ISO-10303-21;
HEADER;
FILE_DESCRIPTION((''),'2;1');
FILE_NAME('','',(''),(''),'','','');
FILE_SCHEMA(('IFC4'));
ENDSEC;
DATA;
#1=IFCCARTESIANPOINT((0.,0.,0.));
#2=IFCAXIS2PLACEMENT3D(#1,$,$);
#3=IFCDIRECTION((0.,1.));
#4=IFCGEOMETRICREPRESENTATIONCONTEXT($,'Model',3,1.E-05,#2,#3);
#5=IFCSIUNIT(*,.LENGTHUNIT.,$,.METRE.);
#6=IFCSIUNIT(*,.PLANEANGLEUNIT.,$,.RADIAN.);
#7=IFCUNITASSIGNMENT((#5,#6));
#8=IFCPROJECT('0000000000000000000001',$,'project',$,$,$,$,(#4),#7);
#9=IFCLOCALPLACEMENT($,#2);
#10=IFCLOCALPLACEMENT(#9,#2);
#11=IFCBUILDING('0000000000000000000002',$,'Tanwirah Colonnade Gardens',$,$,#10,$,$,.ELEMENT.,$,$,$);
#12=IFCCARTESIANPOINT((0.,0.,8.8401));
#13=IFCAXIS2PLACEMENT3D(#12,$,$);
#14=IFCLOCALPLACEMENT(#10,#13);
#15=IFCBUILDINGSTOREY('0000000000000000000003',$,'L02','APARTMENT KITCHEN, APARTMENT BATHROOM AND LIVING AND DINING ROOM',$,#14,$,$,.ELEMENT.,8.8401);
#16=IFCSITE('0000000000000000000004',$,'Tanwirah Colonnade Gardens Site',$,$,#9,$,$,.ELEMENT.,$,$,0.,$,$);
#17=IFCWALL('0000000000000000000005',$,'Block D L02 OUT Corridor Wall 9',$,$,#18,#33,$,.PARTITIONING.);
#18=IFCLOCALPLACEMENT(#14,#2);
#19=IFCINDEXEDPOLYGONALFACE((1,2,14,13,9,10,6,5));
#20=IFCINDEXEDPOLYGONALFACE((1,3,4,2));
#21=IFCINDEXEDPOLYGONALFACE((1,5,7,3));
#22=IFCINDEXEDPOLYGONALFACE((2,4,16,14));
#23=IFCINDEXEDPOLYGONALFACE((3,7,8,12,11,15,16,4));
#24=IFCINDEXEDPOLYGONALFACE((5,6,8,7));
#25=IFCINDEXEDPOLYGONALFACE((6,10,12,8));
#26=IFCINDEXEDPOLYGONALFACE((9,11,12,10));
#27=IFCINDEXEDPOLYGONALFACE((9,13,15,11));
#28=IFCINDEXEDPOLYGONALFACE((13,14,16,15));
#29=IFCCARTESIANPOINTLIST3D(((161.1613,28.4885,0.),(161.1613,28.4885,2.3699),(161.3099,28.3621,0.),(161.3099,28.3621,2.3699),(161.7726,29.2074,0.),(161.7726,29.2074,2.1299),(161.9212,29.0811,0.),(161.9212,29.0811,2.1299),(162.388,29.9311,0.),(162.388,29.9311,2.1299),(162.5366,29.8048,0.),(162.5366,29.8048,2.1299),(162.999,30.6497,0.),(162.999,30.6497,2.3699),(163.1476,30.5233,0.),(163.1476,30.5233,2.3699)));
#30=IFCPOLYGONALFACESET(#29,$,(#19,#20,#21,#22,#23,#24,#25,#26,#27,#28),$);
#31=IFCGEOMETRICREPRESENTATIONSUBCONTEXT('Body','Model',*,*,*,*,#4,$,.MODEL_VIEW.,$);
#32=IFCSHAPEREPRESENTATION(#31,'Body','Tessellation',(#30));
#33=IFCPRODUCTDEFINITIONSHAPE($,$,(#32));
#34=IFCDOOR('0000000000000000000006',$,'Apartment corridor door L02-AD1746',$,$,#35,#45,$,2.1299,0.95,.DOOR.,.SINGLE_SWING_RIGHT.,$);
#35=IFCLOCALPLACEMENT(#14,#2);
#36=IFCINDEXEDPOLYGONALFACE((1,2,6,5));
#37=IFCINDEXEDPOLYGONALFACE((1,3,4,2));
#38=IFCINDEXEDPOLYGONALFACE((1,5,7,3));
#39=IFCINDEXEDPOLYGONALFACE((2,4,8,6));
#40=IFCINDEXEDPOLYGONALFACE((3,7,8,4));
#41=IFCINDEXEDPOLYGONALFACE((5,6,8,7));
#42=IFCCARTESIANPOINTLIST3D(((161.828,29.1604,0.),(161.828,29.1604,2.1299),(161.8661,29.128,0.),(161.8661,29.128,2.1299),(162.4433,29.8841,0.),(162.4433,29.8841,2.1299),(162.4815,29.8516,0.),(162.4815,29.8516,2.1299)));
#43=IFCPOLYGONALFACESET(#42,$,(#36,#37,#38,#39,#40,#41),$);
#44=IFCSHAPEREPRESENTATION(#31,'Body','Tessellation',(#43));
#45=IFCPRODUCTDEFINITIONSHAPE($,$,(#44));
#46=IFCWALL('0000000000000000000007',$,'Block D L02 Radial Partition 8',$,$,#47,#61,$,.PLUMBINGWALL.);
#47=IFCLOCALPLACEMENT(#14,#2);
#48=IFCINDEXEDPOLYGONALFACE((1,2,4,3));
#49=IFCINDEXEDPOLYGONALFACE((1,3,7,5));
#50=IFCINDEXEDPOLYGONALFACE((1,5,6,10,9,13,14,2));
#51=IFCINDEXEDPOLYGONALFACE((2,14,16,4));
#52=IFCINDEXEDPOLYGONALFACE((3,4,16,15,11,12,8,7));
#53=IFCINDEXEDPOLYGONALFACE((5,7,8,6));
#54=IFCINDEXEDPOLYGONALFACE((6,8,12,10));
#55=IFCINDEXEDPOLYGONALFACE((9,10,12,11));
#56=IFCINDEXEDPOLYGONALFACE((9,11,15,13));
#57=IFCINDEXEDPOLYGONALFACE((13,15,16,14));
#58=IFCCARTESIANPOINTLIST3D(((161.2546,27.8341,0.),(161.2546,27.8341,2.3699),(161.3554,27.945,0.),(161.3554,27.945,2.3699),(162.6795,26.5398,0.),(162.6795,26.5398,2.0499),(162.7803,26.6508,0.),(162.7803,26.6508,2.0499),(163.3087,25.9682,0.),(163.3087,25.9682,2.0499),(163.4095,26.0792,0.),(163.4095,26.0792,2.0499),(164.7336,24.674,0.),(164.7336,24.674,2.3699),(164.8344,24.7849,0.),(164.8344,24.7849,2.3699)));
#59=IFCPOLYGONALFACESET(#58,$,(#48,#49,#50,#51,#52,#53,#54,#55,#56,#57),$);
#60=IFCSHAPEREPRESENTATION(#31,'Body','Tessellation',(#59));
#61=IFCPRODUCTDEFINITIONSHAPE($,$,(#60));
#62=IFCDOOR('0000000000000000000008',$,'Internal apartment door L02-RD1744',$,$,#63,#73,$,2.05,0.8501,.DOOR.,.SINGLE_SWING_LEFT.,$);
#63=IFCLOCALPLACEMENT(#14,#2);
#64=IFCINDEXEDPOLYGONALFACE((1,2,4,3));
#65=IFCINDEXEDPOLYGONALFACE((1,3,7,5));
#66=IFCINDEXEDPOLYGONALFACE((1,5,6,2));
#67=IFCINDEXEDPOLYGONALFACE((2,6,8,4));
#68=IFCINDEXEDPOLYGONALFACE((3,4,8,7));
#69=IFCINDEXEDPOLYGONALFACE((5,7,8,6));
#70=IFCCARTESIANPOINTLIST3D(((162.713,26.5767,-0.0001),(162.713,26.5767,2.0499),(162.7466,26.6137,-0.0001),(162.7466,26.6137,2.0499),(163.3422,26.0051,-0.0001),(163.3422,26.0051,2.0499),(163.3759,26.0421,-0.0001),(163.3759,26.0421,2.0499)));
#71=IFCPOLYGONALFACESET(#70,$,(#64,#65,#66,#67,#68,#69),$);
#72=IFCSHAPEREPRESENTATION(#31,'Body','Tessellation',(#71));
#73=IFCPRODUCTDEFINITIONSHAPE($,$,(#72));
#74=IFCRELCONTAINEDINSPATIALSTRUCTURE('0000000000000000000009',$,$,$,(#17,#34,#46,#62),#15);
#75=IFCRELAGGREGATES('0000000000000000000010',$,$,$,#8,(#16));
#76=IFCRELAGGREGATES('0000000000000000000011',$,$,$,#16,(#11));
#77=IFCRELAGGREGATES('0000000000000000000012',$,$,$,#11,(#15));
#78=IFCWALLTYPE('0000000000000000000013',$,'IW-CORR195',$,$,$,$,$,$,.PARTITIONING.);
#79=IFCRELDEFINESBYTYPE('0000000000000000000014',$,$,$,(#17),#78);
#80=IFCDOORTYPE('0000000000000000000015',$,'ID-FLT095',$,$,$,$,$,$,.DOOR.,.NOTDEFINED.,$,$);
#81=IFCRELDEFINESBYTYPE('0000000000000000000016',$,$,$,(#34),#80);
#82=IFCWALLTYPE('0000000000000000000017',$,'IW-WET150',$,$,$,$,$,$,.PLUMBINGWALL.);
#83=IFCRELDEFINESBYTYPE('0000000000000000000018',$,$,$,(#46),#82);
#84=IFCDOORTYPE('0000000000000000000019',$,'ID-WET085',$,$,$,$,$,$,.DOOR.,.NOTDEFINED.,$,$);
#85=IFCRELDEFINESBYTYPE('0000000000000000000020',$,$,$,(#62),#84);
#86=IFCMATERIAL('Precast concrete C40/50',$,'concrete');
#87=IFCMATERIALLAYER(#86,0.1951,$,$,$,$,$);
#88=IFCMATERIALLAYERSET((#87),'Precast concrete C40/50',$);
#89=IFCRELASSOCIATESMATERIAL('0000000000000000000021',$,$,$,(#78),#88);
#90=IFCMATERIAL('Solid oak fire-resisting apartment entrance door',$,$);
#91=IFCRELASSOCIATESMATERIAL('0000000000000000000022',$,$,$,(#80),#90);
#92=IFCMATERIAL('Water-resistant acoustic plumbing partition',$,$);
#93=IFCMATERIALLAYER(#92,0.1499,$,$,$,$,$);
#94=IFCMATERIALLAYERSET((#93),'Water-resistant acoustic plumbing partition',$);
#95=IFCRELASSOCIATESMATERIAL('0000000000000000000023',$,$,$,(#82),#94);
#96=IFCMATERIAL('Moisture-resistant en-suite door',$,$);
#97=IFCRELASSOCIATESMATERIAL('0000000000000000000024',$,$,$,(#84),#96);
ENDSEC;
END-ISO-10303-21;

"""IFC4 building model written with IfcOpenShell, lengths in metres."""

from ifc_helpers import new_model, si_unit, direction, frame, frame_2d, origin, place, context, subcontext, project, spatial, rectangle, extrude, material, layer, layer_set, type_object, element, fill, save


model = new_model("IFC4")

# Units and contexts
model_context = context("Model", 3, precision=1e-05, world=origin(), true_north=direction((0.0, 1.0)))
body_context = subcontext(model_context, "Body", "Model", "MODEL_VIEW")
ifc_project = project(units=[si_unit("LENGTHUNIT", "METRE"), si_unit("PLANEANGLEUNIT", "RADIAN")], contexts=[model_context])

# Site, building, storey
site_placement = place(None, origin())
site = spatial("IfcSite", under=ifc_project, at=site_placement, Name="Tanwirah Colonnade Gardens Site", CompositionType="ELEMENT", RefElevation=0.0)
building_placement = place(site_placement, origin())
building = spatial("IfcBuilding", under=site, at=building_placement, Name="Tanwirah Colonnade Gardens", CompositionType="ELEMENT")
storey_placement = place(building_placement, frame((0.0, 0.0, 8.8401)))
storey = spatial("IfcBuildingStorey", under=building, at=storey_placement, Name="L02", Description="APARTMENT KITCHEN, APARTMENT BATHROOM AND LIVING AND DINING ROOM", CompositionType="ELEMENT", Elevation=8.8401)

# Shared definitions
ifc_material_1 = material(Name="Precast concrete C40/50", Category="concrete")

# Walls, openings, doors
ifc_layer_1 = layer(ifc_material_1, 0.1951)
ifc_layer_set_1 = layer_set([ifc_layer_1], Name="Precast concrete C40/50")
wall_type_1 = type_object("IfcWallType", Name="IW-CORR195", PredefinedType="PARTITIONING", material=ifc_layer_set_1)
ifc_material_2 = material(Name="Solid oak fire-resisting apartment entrance door")
wall_1_placement = place(storey_placement, frame((161.2356, 28.4253, 0.0), z_axis=(0.0, 0.0, 1.0), x_axis=(0.647788, 0.76182, 0.0)))
wall_1 = element("IfcWall", 1, at=wall_1_placement, inside=storey, type_object=wall_type_1, Name="Block D L02 OUT Corridor Wall 9", PredefinedType="PARTITIONING", context=body_context, shape_type="SweptSolid", body=[
    extrude(rectangle(XDim=2.8369, YDim=0.1951, at=frame_2d((1.4185, 0.0))), origin(), (0.0, 0.0, 1.0), 2.3699),
])
opening_1_placement = place(wall_1_placement, frame((0.9436, 0.0, 0.0)))
opening_1 = element("IfcOpeningElement", 2, at=opening_1_placement, cuts=wall_1, PredefinedType="OPENING", context=body_context, shape_type="SweptSolid", body=[
    extrude(rectangle(XDim=0.95, YDim=2.1299, at=frame_2d((0.4751, 1.0649))), frame((0.0, 0.1074, 0.0), z_axis=(0.0, -1.0, 0.0), x_axis=(1.0, 0.0, 0.0)), (0.0, 0.0, 1.0), 0.2151),
])
door_type_1 = type_object("IfcDoorType", Name="ID-FLT095", OperationType="NOTDEFINED", PredefinedType="DOOR", material=ifc_material_2)
door_1_placement = place(opening_1_placement, origin())
door_1 = element("IfcDoor", 3, at=door_1_placement, inside=storey, type_object=door_type_1, Name="Apartment corridor door L02-AD1746", OperationType="SINGLE_SWING_RIGHT", OverallHeight=2.1299, OverallWidth=0.95, PredefinedType="DOOR", context=body_context, shape_type="SweptSolid", body=[
    extrude(rectangle(XDim=0.95, YDim=2.1299, at=frame_2d((0.4751, 1.0649))), frame((0.0, 0.0249, 0.0), z_axis=(0.0, -1.0, 0.0), x_axis=(1.0, 0.0, 0.0)), (0.0, 0.0, 1.0), 0.05),
])
fill(opening_1, door_1)
ifc_material_3 = material(Name="Water-resistant acoustic plumbing partition")
ifc_layer_2 = layer(ifc_material_3, 0.1499)
ifc_layer_set_2 = layer_set([ifc_layer_2], Name="Water-resistant acoustic plumbing partition")
wall_type_2 = type_object("IfcWallType", Name="IW-WET150", PredefinedType="PLUMBINGWALL", material=ifc_layer_set_2)
wall_2_placement = place(storey_placement, frame((161.3049, 27.8896, 0.0), z_axis=(0.0, 0.0, 1.0), x_axis=(0.740213, -0.672373, 0.0)))
wall_2 = element("IfcWall", 4, at=wall_2_placement, inside=storey, type_object=wall_type_2, Name="Block D L02 Radial Partition 8", PredefinedType="PLUMBINGWALL", context=body_context, shape_type="SweptSolid", body=[
    extrude(rectangle(XDim=4.7, YDim=0.1499, at=frame_2d((2.3501, 0.0))), origin(), (0.0, 0.0, 1.0), 2.3699),
])
opening_2_placement = place(wall_2_placement, frame((1.925, 0.0, 0.0)))
opening_2 = element("IfcOpeningElement", 5, at=opening_2_placement, cuts=wall_2, PredefinedType="OPENING", context=body_context, shape_type="SweptSolid", body=[
    extrude(rectangle(XDim=0.8501, YDim=2.05, at=frame_2d((0.425, 1.0249))), frame((0.0, 0.085, 0.0), z_axis=(0.0, -1.0, 0.0), x_axis=(1.0, 0.0, 0.0)), (0.0, 0.0, 1.0), 0.1699),
])
ifc_material_4 = material(Name="Moisture-resistant en-suite door")
door_type_2 = type_object("IfcDoorType", Name="ID-WET085", OperationType="NOTDEFINED", PredefinedType="DOOR", material=ifc_material_4)
door_2_placement = place(opening_2_placement, origin())
door_2 = element("IfcDoor", 6, at=door_2_placement, inside=storey, type_object=door_type_2, Name="Internal apartment door L02-RD1744", OperationType="SINGLE_SWING_LEFT", OverallHeight=2.05, OverallWidth=0.8501, PredefinedType="DOOR", context=body_context, shape_type="SweptSolid", body=[
    extrude(rectangle(XDim=0.8501, YDim=2.05, at=frame_2d((0.425, 1.0249))), frame((0.0, 0.0249, 0.0), z_axis=(0.0, -1.0, 0.0), x_axis=(1.0, 0.0, 0.0)), (0.0, 0.0, 1.0), 0.05),
])
fill(opening_2, door_2)

save(model, "model.ifc")
